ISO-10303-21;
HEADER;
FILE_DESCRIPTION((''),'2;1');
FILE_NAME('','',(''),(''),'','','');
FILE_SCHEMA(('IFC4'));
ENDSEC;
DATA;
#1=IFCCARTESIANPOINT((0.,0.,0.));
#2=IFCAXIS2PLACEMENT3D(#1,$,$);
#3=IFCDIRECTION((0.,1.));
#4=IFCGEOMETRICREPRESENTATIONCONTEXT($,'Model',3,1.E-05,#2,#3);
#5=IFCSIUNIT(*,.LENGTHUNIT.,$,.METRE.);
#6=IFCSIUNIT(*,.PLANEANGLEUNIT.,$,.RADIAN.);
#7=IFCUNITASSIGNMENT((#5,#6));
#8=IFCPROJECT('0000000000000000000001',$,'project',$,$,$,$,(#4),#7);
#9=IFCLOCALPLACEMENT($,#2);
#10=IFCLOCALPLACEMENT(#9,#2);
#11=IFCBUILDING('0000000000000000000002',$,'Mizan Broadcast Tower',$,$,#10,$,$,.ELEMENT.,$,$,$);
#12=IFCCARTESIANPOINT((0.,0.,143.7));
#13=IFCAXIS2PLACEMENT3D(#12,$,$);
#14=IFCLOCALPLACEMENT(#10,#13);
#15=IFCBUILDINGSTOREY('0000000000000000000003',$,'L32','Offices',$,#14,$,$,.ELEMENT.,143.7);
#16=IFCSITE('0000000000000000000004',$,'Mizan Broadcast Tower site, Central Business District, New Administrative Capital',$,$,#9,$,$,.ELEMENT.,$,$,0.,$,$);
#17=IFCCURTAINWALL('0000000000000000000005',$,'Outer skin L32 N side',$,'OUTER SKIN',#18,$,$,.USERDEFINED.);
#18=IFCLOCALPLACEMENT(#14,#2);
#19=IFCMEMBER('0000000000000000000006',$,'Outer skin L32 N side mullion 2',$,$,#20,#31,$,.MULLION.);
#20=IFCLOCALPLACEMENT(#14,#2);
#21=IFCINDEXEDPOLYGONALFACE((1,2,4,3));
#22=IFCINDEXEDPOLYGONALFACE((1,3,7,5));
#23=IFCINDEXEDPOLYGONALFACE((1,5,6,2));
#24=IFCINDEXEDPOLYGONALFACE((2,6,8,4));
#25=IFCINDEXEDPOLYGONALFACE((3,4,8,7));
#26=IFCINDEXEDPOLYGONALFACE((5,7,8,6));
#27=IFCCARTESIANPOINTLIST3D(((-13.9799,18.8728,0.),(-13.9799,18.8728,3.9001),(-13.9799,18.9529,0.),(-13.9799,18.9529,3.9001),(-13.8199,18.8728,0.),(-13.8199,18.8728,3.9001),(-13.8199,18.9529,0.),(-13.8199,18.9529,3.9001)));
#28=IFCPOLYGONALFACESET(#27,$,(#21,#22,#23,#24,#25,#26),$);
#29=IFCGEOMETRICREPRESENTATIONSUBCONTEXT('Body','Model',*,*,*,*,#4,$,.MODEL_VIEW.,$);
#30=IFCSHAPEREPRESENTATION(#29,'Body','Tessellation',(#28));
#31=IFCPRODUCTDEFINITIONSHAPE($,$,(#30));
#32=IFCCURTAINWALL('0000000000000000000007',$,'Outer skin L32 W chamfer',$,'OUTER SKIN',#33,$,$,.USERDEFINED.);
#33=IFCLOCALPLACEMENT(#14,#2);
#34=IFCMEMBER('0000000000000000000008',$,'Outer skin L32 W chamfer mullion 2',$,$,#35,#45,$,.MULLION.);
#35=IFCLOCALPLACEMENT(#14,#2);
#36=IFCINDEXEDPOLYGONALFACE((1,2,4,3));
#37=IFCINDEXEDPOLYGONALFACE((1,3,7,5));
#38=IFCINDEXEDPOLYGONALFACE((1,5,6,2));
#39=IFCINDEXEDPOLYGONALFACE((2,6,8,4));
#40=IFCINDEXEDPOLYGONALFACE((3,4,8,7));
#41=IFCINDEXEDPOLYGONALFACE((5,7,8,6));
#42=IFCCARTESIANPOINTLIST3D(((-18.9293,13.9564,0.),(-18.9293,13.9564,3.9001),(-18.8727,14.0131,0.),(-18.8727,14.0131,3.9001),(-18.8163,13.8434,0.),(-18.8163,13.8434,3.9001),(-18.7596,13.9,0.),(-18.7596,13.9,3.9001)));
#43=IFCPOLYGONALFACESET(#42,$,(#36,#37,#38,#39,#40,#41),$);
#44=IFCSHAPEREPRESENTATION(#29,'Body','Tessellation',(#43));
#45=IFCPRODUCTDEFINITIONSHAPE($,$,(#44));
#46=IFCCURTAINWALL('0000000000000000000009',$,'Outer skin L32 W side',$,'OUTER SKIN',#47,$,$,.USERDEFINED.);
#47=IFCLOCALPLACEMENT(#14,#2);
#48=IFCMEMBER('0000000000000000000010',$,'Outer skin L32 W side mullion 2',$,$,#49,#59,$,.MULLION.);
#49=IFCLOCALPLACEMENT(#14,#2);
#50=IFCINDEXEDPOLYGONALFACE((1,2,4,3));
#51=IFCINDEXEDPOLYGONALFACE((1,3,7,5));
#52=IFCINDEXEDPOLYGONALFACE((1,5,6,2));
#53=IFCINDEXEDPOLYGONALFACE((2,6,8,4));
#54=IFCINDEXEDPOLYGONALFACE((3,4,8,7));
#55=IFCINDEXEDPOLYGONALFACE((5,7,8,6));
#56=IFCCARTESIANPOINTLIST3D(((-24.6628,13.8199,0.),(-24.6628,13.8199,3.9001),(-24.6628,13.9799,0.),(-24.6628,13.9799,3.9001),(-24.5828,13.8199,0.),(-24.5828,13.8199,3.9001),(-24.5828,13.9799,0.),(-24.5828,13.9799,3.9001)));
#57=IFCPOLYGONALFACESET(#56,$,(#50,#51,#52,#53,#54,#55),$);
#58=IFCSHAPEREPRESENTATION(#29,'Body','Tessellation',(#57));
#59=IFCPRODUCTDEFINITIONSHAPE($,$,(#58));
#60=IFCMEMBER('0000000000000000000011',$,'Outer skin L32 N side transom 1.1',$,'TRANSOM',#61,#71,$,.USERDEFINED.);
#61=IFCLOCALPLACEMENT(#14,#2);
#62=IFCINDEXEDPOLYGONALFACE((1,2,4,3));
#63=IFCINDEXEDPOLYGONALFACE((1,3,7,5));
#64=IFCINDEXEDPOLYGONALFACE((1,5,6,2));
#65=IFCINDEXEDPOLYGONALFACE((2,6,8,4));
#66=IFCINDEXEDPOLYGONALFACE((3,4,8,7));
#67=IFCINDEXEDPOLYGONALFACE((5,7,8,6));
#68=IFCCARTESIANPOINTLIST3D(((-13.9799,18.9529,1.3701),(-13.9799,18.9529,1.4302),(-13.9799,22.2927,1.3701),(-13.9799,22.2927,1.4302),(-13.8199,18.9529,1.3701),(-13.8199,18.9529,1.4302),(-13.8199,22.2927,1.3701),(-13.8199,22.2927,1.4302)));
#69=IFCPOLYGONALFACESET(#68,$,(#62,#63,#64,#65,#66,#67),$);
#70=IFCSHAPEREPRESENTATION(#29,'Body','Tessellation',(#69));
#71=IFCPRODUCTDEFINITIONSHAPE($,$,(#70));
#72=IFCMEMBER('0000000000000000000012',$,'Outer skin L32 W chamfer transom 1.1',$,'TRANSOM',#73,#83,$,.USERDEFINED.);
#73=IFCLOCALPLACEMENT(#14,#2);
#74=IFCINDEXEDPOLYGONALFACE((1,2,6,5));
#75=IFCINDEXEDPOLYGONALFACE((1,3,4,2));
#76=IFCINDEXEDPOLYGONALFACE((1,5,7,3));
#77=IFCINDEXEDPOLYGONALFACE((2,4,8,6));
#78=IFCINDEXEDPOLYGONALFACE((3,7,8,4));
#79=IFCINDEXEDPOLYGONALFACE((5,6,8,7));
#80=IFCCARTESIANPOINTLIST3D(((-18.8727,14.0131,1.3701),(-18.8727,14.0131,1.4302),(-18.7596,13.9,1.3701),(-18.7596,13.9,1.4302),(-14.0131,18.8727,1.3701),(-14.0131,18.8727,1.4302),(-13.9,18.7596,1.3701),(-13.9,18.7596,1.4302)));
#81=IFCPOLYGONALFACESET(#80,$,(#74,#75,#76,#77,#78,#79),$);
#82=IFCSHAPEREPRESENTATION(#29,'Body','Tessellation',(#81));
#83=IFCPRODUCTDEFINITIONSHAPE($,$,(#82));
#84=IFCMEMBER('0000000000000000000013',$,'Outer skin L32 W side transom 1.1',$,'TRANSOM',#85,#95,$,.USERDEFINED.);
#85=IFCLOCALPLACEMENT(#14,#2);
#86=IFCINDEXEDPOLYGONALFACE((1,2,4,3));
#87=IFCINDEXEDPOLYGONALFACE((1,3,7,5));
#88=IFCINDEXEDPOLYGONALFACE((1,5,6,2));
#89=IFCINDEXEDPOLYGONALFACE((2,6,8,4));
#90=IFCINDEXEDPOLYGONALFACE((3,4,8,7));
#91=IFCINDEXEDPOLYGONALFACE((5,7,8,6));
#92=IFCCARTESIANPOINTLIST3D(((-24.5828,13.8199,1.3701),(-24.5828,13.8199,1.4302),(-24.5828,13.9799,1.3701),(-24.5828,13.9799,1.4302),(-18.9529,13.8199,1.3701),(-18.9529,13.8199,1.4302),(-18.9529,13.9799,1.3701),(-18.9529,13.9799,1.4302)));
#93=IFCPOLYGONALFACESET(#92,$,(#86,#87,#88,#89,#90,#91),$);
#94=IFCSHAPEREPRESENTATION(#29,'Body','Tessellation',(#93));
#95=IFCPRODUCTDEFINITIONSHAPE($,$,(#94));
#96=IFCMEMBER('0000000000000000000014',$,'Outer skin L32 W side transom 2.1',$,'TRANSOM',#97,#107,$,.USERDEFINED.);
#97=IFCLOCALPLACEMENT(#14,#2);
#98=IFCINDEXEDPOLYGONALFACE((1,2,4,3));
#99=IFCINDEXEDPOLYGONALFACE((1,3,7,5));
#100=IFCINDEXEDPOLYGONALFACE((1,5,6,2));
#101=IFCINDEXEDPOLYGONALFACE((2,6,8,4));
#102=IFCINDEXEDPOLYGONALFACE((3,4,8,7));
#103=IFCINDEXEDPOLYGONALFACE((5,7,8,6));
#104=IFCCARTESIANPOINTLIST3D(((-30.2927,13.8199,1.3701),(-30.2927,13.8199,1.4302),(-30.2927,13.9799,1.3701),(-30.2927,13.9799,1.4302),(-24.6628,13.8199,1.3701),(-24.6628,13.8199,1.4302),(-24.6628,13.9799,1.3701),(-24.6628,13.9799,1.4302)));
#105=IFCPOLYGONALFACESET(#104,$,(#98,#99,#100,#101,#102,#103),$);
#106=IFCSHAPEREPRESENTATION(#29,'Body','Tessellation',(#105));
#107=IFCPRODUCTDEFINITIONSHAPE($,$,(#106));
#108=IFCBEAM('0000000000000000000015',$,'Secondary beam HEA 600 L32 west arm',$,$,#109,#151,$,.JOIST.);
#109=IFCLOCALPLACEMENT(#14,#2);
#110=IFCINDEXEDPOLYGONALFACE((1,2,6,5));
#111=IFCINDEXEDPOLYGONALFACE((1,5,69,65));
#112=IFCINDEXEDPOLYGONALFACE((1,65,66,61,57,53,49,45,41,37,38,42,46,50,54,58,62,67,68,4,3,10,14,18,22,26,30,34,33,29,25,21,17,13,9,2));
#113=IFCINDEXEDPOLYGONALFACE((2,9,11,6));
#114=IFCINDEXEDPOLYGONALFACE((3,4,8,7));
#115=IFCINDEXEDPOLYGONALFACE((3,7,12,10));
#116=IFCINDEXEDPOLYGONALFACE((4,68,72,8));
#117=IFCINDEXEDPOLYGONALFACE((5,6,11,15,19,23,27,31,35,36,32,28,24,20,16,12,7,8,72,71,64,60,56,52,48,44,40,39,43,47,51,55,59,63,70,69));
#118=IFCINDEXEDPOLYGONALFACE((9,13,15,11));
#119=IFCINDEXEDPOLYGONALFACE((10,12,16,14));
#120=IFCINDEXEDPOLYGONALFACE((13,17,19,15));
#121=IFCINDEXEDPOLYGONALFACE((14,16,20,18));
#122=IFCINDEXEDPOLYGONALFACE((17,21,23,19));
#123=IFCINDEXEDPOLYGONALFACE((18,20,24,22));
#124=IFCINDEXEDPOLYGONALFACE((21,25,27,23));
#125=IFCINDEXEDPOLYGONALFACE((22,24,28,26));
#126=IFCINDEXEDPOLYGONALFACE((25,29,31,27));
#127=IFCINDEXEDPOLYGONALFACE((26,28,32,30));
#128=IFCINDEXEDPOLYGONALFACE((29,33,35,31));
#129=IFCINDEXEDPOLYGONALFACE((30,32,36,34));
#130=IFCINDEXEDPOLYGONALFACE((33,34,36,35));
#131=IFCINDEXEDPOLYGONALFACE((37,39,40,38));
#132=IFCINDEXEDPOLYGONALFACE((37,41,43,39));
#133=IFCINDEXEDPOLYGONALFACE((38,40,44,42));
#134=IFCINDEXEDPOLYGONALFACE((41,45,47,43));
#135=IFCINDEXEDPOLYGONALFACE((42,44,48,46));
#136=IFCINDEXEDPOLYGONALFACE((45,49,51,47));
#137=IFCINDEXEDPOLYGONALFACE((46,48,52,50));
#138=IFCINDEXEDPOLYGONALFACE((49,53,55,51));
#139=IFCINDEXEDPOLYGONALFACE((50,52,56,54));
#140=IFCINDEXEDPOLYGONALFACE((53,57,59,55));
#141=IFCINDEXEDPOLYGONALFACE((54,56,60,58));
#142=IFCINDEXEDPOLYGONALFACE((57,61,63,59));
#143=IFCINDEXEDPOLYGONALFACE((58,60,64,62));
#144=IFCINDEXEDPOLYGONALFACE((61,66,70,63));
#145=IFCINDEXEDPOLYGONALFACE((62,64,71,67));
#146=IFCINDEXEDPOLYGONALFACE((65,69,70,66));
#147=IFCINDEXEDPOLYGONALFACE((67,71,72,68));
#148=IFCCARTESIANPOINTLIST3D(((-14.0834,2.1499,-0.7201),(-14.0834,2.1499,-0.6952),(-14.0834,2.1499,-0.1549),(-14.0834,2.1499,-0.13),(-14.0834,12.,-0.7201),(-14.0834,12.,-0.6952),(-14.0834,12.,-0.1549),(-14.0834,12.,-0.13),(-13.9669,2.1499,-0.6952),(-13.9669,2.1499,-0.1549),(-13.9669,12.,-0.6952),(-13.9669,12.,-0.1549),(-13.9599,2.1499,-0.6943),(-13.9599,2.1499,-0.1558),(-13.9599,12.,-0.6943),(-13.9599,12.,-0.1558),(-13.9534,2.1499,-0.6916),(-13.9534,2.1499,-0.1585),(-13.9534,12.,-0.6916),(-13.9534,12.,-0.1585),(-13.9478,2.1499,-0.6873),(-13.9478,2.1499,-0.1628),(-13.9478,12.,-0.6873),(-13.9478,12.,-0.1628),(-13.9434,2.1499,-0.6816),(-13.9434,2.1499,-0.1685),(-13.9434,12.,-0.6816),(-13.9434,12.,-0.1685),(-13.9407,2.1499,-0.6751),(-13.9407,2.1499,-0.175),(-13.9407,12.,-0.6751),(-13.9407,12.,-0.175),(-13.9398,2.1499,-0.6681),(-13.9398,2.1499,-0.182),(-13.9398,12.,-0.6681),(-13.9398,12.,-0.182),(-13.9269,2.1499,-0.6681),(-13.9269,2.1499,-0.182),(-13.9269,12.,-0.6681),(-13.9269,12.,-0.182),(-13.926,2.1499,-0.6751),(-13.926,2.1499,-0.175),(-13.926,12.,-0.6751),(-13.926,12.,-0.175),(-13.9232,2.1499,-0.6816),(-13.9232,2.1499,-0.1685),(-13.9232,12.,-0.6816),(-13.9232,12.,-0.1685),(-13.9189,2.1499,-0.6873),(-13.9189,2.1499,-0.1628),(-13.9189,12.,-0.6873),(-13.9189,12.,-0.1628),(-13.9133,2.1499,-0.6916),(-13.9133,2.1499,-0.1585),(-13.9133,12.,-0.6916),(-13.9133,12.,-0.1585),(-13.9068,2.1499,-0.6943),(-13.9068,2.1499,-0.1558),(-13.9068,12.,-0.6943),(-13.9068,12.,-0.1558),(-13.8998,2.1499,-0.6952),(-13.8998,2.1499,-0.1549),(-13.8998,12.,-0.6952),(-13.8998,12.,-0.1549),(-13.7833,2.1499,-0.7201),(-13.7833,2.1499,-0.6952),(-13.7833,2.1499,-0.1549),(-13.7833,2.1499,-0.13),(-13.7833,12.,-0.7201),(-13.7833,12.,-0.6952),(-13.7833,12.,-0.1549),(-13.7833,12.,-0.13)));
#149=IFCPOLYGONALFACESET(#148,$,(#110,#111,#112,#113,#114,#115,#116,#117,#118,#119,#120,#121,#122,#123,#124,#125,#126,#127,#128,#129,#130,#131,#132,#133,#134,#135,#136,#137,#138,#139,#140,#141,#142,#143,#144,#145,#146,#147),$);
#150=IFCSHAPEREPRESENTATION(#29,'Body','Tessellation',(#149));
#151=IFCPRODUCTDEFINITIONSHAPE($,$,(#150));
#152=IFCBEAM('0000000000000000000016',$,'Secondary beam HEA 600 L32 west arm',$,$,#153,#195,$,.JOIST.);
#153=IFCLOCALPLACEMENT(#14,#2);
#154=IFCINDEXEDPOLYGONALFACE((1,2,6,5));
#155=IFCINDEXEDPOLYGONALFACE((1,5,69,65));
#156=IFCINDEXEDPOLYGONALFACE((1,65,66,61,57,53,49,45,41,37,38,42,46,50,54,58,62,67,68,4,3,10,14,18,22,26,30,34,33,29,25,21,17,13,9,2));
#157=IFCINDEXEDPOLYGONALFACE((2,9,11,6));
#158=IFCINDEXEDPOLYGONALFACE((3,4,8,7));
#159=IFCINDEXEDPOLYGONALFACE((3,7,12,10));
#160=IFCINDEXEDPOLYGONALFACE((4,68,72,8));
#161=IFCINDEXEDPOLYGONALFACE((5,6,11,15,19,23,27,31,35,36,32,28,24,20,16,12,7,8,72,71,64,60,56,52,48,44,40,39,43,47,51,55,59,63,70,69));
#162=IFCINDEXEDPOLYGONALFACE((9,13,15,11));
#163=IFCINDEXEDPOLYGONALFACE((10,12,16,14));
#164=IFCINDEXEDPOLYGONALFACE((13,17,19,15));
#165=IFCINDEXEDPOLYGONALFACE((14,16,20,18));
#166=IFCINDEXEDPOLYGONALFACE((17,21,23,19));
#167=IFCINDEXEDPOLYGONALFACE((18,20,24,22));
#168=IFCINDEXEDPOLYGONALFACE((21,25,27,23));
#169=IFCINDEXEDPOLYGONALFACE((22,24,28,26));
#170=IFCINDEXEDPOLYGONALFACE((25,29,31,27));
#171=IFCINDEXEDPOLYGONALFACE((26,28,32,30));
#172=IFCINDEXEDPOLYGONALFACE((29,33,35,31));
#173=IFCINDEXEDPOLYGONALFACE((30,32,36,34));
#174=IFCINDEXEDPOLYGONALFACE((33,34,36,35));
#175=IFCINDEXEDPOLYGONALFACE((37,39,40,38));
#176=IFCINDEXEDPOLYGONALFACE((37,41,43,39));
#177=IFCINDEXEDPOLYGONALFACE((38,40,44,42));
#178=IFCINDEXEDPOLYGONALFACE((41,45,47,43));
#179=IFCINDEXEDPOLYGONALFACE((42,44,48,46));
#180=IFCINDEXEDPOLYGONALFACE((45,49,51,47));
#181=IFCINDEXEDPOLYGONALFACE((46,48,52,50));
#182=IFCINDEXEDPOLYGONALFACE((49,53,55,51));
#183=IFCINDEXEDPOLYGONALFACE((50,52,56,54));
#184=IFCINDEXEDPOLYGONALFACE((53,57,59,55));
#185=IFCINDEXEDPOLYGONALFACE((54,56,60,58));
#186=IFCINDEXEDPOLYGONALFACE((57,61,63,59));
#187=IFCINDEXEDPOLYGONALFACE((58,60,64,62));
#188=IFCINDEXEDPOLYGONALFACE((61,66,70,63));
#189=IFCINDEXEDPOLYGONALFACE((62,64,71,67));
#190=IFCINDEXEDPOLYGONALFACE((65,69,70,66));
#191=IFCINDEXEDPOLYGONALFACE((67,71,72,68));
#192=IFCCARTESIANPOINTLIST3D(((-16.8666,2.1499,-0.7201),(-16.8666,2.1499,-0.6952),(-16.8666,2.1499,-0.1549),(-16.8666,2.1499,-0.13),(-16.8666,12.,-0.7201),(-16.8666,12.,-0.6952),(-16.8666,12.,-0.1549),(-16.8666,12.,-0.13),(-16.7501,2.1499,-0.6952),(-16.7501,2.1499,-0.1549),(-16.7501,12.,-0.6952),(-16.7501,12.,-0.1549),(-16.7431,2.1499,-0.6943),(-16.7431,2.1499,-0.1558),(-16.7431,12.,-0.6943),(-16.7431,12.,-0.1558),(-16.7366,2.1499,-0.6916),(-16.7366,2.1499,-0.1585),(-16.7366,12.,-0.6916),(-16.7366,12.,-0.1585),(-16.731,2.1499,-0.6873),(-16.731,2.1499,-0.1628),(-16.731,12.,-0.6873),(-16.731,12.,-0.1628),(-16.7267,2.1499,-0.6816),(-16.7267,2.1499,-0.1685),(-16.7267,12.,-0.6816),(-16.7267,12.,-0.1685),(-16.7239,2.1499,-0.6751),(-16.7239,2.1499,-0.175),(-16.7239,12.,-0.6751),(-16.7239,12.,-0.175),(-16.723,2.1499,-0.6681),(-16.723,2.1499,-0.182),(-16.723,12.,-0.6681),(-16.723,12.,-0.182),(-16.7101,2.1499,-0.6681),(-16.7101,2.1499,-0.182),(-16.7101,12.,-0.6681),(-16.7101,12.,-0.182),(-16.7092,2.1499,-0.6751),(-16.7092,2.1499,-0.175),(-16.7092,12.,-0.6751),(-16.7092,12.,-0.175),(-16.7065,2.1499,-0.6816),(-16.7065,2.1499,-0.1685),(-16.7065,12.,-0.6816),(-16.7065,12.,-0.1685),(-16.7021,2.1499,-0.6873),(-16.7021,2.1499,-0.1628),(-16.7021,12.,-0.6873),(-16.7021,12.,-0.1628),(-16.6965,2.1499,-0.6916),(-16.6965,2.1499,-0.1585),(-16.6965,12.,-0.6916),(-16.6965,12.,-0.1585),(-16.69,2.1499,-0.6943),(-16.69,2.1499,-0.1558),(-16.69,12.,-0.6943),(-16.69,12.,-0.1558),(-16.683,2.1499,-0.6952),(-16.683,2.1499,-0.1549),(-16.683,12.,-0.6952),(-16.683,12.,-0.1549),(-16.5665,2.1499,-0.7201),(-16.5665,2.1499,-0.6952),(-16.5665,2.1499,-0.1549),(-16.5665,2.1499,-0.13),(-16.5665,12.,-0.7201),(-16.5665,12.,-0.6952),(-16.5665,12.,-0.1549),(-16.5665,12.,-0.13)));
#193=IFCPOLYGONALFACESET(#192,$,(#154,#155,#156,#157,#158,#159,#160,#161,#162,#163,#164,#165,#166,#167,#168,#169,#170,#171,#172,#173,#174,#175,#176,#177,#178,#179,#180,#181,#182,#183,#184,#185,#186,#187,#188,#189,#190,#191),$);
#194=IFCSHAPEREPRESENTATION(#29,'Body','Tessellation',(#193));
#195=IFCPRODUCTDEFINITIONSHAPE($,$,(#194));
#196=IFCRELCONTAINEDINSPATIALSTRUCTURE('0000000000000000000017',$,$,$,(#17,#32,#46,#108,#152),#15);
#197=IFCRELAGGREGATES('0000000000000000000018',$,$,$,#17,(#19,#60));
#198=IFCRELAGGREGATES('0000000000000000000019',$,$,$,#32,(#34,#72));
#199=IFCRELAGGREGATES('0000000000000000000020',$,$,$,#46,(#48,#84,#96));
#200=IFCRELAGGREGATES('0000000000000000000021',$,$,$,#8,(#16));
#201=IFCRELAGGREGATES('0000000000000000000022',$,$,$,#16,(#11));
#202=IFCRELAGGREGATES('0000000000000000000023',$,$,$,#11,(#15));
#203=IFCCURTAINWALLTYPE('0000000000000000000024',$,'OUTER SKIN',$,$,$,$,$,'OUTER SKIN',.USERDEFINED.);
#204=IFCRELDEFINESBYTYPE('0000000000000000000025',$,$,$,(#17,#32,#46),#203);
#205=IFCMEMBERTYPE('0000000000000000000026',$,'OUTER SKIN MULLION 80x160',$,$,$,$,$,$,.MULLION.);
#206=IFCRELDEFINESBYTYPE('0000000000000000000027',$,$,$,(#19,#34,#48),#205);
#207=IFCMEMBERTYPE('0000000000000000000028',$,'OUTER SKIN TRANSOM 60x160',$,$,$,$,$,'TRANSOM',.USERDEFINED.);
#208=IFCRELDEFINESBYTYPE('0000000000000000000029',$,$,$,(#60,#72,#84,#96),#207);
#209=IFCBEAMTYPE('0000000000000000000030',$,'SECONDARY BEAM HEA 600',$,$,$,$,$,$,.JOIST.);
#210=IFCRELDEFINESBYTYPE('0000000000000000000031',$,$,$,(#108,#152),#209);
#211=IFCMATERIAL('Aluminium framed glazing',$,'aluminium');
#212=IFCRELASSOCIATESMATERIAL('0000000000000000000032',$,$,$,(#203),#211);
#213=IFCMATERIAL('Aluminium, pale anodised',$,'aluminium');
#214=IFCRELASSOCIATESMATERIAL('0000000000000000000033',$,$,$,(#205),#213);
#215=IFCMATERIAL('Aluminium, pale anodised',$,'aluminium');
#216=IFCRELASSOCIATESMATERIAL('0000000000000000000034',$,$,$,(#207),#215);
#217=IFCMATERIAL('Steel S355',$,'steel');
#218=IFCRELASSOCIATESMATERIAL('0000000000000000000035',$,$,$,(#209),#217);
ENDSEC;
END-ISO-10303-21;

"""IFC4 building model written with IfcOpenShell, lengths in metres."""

from ifc_helpers import new_model, si_unit, direction, frame, origin, origin_2d, place, context, subcontext, project, spatial, rectangle, i_section, extrude, material, material_profile, profile_set, type_object, element, aggregate, save


model = new_model("IFC4")

# Units and contexts
model_context = context("Model", 3, precision=1e-05, world=origin(), true_north=direction((0.0, 1.0)))
body_context = subcontext(model_context, "Body", "Model", "MODEL_VIEW")
ifc_project = project(units=[si_unit("LENGTHUNIT", "METRE"), si_unit("PLANEANGLEUNIT", "RADIAN")], contexts=[model_context])

# Site, building, storey
site_placement = place(None, origin())
site = spatial("IfcSite", under=ifc_project, at=site_placement, Name="Mizan Broadcast Tower site, Central Business District, New Administrative Capital", CompositionType="ELEMENT", RefElevation=0.0)
building_placement = place(site_placement, origin())
building = spatial("IfcBuilding", under=site, at=building_placement, Name="Mizan Broadcast Tower", CompositionType="ELEMENT")
storey_placement = place(building_placement, frame((0.0, 0.0, 143.7)))
storey = spatial("IfcBuildingStorey", under=building, at=storey_placement, Name="L32", Description="Offices", CompositionType="ELEMENT", Elevation=143.7)

# Curtain walls, members
ifc_material_1 = material(Name="Aluminium framed glazing", Category="aluminium")
curtain_wall_type_1 = type_object("IfcCurtainWallType", Name="OUTER SKIN", ElementType="OUTER SKIN", PredefinedType="USERDEFINED", material=ifc_material_1)
curtain_wall_1_placement = place(storey_placement, origin())
curtain_wall_1 = element("IfcCurtainWall", 1, at=curtain_wall_1_placement, inside=storey, type_object=curtain_wall_type_1, Name="Outer skin L32 N side", ObjectType="OUTER SKIN", PredefinedType="USERDEFINED")
ifc_material_2 = material(Name="Aluminium, pale anodised", Category="aluminium")
ifc_material_profile_1 = material_profile(ifc_material_2, rectangle(XDim=0.1599, YDim=0.0801, at=origin_2d()), Name="MULLION 160x80")
ifc_profile_set_1 = profile_set([ifc_material_profile_1], Name="Aluminium, pale anodised")
member_type_1 = type_object("IfcMemberType", Name="OUTER SKIN MULLION 80x160", PredefinedType="MULLION", material=ifc_profile_set_1)
member_1_placement = place(storey_placement, frame((-13.8999, 18.9128, 0.0), z_axis=(0.0, 0.0, 1.0), x_axis=(1.0, 0.0, 0.0)))
member_1 = element("IfcMember", 2, at=member_1_placement, type_object=member_type_1, Name="Outer skin L32 N side mullion 2", PredefinedType="MULLION", context=body_context, shape_type="SweptSolid", body=[
    extrude(rectangle(XDim=0.1599, YDim=0.0801, at=origin_2d()), origin(), (0.0, 0.0, 1.0), 3.9001),
])
curtain_wall_2_placement = place(storey_placement, origin())
curtain_wall_2 = element("IfcCurtainWall", 3, at=curtain_wall_2_placement, inside=storey, type_object=curtain_wall_type_1, Name="Outer skin L32 W chamfer", ObjectType="OUTER SKIN", PredefinedType="USERDEFINED")
member_2_placement = place(storey_placement, frame((-18.8445, 13.9282, 0.0), z_axis=(0.0, 0.0, 1.0), x_axis=(0.707107, -0.707107, 0.0)))
member_2 = element("IfcMember", 4, at=member_2_placement, type_object=member_type_1, Name="Outer skin L32 W chamfer mullion 2", PredefinedType="MULLION", context=body_context, shape_type="SweptSolid", body=[
    extrude(rectangle(XDim=0.1599, YDim=0.0801, at=origin_2d()), origin(), (0.0, 0.0, 1.0), 3.9001),
])
curtain_wall_3_placement = place(storey_placement, origin())
curtain_wall_3 = element("IfcCurtainWall", 5, at=curtain_wall_3_placement, inside=storey, type_object=curtain_wall_type_1, Name="Outer skin L32 W side", ObjectType="OUTER SKIN", PredefinedType="USERDEFINED")
member_3_placement = place(storey_placement, frame((-24.6228, 13.8999, 0.0), z_axis=(0.0, 0.0, 1.0), x_axis=(0.0, -1.0, 0.0)))
member_3 = element("IfcMember", 6, at=member_3_placement, type_object=member_type_1, Name="Outer skin L32 W side mullion 2", PredefinedType="MULLION", context=body_context, shape_type="SweptSolid", body=[
    extrude(rectangle(XDim=0.1599, YDim=0.0801, at=origin_2d()), origin(), (0.0, 0.0, 1.0), 3.9001),
])

# Members
ifc_material_3 = material(Name="Aluminium, pale anodised", Category="aluminium")
ifc_material_profile_2 = material_profile(ifc_material_3, rectangle(XDim=0.1599, YDim=0.0601, at=origin_2d()), Name="TRANSOM 160x60")
ifc_profile_set_2 = profile_set([ifc_material_profile_2], Name="Aluminium, pale anodised")
member_type_2 = type_object("IfcMemberType", Name="OUTER SKIN TRANSOM 60x160", ElementType="TRANSOM", PredefinedType="USERDEFINED", material=ifc_profile_set_2)
member_4_placement = place(storey_placement, frame((-13.8999, 22.2927, 1.4001), z_axis=(0.0, -1.0, 0.0), x_axis=(1.0, 0.0, 0.0)))
member_4 = element("IfcMember", 7, at=member_4_placement, type_object=member_type_2, Name="Outer skin L32 N side transom 1.1", ObjectType="TRANSOM", PredefinedType="USERDEFINED", context=body_context, shape_type="SweptSolid", body=[
    extrude(rectangle(XDim=0.1599, YDim=0.0601, at=origin_2d()), origin(), (0.0, 0.0, 1.0), 3.3398),
])
member_5_placement = place(storey_placement, frame((-13.9565, 18.8162, 1.4001), z_axis=(-0.707107, -0.707107, 0.0), x_axis=(0.707107, -0.707107, 0.0)))
member_5 = element("IfcMember", 8, at=member_5_placement, type_object=member_type_2, Name="Outer skin L32 W chamfer transom 1.1", ObjectType="TRANSOM", PredefinedType="USERDEFINED", context=body_context, shape_type="SweptSolid", body=[
    extrude(rectangle(XDim=0.1599, YDim=0.0601, at=origin_2d()), origin(), (0.0, 0.0, 1.0), 6.8726),
])
member_6_placement = place(storey_placement, frame((-18.9529, 13.8999, 1.4001), z_axis=(-1.0, 0.0, 0.0), x_axis=(0.0, -1.0, 0.0)))
member_6 = element("IfcMember", 9, at=member_6_placement, type_object=member_type_2, Name="Outer skin L32 W side transom 1.1", ObjectType="TRANSOM", PredefinedType="USERDEFINED", context=body_context, shape_type="SweptSolid", body=[
    extrude(rectangle(XDim=0.1599, YDim=0.0601, at=origin_2d()), origin(), (0.0, 0.0, 1.0), 5.6299),
])
member_7_placement = place(storey_placement, frame((-24.6628, 13.8999, 1.4001), z_axis=(-1.0, 0.0, 0.0), x_axis=(0.0, -1.0, 0.0)))
member_7 = element("IfcMember", 10, at=member_7_placement, type_object=member_type_2, Name="Outer skin L32 W side transom 2.1", ObjectType="TRANSOM", PredefinedType="USERDEFINED", context=body_context, shape_type="SweptSolid", body=[
    extrude(rectangle(XDim=0.1599, YDim=0.0601, at=origin_2d()), origin(), (0.0, 0.0, 1.0), 5.6299),
])

# Beams
ifc_material_4 = material(Name="Steel S355", Category="steel")
ifc_material_profile_3 = material_profile(ifc_material_4, i_section(OverallWidth=0.3, OverallDepth=0.5901, WebThickness=0.0129, FlangeThickness=0.0249, FilletRadius=0.0271, at=origin_2d()), Name="HEA 600")
ifc_profile_set_3 = profile_set([ifc_material_profile_3], Name="Steel S355")
beam_type_1 = type_object("IfcBeamType", Name="SECONDARY BEAM HEA 600", PredefinedType="JOIST", material=ifc_profile_set_3)
for number, where, z_axis, x_axis, name in (
    (11, (-13.9333, 12.0, -0.425), (0.0, -1.0, 0.0), (1.0, 0.0, 0.0), "Secondary beam HEA 600 L32 west arm"),
    (12, (-16.7166, 12.0, -0.425), (0.0, -1.0, 0.0), (1.0, 0.0, 0.0), "Secondary beam HEA 600 L32 west arm"),
):
    element("IfcBeam", number, at=place(storey_placement, frame(where, z_axis=z_axis, x_axis=x_axis)), inside=storey, type_object=beam_type_1, Name=name, PredefinedType="JOIST", context=body_context, shape_type="SweptSolid", body=[
        extrude(i_section(OverallWidth=0.3, OverallDepth=0.5901, WebThickness=0.0129, FlangeThickness=0.0249, FilletRadius=0.0271, at=origin_2d()), origin(), (0.0, 0.0, 1.0), 9.8501),
    ])

aggregate(curtain_wall_1, [member_1, member_4])
aggregate(curtain_wall_2, [member_2, member_5])
aggregate(curtain_wall_3, [member_3, member_6, member_7])

save(model, "model.ifc")
